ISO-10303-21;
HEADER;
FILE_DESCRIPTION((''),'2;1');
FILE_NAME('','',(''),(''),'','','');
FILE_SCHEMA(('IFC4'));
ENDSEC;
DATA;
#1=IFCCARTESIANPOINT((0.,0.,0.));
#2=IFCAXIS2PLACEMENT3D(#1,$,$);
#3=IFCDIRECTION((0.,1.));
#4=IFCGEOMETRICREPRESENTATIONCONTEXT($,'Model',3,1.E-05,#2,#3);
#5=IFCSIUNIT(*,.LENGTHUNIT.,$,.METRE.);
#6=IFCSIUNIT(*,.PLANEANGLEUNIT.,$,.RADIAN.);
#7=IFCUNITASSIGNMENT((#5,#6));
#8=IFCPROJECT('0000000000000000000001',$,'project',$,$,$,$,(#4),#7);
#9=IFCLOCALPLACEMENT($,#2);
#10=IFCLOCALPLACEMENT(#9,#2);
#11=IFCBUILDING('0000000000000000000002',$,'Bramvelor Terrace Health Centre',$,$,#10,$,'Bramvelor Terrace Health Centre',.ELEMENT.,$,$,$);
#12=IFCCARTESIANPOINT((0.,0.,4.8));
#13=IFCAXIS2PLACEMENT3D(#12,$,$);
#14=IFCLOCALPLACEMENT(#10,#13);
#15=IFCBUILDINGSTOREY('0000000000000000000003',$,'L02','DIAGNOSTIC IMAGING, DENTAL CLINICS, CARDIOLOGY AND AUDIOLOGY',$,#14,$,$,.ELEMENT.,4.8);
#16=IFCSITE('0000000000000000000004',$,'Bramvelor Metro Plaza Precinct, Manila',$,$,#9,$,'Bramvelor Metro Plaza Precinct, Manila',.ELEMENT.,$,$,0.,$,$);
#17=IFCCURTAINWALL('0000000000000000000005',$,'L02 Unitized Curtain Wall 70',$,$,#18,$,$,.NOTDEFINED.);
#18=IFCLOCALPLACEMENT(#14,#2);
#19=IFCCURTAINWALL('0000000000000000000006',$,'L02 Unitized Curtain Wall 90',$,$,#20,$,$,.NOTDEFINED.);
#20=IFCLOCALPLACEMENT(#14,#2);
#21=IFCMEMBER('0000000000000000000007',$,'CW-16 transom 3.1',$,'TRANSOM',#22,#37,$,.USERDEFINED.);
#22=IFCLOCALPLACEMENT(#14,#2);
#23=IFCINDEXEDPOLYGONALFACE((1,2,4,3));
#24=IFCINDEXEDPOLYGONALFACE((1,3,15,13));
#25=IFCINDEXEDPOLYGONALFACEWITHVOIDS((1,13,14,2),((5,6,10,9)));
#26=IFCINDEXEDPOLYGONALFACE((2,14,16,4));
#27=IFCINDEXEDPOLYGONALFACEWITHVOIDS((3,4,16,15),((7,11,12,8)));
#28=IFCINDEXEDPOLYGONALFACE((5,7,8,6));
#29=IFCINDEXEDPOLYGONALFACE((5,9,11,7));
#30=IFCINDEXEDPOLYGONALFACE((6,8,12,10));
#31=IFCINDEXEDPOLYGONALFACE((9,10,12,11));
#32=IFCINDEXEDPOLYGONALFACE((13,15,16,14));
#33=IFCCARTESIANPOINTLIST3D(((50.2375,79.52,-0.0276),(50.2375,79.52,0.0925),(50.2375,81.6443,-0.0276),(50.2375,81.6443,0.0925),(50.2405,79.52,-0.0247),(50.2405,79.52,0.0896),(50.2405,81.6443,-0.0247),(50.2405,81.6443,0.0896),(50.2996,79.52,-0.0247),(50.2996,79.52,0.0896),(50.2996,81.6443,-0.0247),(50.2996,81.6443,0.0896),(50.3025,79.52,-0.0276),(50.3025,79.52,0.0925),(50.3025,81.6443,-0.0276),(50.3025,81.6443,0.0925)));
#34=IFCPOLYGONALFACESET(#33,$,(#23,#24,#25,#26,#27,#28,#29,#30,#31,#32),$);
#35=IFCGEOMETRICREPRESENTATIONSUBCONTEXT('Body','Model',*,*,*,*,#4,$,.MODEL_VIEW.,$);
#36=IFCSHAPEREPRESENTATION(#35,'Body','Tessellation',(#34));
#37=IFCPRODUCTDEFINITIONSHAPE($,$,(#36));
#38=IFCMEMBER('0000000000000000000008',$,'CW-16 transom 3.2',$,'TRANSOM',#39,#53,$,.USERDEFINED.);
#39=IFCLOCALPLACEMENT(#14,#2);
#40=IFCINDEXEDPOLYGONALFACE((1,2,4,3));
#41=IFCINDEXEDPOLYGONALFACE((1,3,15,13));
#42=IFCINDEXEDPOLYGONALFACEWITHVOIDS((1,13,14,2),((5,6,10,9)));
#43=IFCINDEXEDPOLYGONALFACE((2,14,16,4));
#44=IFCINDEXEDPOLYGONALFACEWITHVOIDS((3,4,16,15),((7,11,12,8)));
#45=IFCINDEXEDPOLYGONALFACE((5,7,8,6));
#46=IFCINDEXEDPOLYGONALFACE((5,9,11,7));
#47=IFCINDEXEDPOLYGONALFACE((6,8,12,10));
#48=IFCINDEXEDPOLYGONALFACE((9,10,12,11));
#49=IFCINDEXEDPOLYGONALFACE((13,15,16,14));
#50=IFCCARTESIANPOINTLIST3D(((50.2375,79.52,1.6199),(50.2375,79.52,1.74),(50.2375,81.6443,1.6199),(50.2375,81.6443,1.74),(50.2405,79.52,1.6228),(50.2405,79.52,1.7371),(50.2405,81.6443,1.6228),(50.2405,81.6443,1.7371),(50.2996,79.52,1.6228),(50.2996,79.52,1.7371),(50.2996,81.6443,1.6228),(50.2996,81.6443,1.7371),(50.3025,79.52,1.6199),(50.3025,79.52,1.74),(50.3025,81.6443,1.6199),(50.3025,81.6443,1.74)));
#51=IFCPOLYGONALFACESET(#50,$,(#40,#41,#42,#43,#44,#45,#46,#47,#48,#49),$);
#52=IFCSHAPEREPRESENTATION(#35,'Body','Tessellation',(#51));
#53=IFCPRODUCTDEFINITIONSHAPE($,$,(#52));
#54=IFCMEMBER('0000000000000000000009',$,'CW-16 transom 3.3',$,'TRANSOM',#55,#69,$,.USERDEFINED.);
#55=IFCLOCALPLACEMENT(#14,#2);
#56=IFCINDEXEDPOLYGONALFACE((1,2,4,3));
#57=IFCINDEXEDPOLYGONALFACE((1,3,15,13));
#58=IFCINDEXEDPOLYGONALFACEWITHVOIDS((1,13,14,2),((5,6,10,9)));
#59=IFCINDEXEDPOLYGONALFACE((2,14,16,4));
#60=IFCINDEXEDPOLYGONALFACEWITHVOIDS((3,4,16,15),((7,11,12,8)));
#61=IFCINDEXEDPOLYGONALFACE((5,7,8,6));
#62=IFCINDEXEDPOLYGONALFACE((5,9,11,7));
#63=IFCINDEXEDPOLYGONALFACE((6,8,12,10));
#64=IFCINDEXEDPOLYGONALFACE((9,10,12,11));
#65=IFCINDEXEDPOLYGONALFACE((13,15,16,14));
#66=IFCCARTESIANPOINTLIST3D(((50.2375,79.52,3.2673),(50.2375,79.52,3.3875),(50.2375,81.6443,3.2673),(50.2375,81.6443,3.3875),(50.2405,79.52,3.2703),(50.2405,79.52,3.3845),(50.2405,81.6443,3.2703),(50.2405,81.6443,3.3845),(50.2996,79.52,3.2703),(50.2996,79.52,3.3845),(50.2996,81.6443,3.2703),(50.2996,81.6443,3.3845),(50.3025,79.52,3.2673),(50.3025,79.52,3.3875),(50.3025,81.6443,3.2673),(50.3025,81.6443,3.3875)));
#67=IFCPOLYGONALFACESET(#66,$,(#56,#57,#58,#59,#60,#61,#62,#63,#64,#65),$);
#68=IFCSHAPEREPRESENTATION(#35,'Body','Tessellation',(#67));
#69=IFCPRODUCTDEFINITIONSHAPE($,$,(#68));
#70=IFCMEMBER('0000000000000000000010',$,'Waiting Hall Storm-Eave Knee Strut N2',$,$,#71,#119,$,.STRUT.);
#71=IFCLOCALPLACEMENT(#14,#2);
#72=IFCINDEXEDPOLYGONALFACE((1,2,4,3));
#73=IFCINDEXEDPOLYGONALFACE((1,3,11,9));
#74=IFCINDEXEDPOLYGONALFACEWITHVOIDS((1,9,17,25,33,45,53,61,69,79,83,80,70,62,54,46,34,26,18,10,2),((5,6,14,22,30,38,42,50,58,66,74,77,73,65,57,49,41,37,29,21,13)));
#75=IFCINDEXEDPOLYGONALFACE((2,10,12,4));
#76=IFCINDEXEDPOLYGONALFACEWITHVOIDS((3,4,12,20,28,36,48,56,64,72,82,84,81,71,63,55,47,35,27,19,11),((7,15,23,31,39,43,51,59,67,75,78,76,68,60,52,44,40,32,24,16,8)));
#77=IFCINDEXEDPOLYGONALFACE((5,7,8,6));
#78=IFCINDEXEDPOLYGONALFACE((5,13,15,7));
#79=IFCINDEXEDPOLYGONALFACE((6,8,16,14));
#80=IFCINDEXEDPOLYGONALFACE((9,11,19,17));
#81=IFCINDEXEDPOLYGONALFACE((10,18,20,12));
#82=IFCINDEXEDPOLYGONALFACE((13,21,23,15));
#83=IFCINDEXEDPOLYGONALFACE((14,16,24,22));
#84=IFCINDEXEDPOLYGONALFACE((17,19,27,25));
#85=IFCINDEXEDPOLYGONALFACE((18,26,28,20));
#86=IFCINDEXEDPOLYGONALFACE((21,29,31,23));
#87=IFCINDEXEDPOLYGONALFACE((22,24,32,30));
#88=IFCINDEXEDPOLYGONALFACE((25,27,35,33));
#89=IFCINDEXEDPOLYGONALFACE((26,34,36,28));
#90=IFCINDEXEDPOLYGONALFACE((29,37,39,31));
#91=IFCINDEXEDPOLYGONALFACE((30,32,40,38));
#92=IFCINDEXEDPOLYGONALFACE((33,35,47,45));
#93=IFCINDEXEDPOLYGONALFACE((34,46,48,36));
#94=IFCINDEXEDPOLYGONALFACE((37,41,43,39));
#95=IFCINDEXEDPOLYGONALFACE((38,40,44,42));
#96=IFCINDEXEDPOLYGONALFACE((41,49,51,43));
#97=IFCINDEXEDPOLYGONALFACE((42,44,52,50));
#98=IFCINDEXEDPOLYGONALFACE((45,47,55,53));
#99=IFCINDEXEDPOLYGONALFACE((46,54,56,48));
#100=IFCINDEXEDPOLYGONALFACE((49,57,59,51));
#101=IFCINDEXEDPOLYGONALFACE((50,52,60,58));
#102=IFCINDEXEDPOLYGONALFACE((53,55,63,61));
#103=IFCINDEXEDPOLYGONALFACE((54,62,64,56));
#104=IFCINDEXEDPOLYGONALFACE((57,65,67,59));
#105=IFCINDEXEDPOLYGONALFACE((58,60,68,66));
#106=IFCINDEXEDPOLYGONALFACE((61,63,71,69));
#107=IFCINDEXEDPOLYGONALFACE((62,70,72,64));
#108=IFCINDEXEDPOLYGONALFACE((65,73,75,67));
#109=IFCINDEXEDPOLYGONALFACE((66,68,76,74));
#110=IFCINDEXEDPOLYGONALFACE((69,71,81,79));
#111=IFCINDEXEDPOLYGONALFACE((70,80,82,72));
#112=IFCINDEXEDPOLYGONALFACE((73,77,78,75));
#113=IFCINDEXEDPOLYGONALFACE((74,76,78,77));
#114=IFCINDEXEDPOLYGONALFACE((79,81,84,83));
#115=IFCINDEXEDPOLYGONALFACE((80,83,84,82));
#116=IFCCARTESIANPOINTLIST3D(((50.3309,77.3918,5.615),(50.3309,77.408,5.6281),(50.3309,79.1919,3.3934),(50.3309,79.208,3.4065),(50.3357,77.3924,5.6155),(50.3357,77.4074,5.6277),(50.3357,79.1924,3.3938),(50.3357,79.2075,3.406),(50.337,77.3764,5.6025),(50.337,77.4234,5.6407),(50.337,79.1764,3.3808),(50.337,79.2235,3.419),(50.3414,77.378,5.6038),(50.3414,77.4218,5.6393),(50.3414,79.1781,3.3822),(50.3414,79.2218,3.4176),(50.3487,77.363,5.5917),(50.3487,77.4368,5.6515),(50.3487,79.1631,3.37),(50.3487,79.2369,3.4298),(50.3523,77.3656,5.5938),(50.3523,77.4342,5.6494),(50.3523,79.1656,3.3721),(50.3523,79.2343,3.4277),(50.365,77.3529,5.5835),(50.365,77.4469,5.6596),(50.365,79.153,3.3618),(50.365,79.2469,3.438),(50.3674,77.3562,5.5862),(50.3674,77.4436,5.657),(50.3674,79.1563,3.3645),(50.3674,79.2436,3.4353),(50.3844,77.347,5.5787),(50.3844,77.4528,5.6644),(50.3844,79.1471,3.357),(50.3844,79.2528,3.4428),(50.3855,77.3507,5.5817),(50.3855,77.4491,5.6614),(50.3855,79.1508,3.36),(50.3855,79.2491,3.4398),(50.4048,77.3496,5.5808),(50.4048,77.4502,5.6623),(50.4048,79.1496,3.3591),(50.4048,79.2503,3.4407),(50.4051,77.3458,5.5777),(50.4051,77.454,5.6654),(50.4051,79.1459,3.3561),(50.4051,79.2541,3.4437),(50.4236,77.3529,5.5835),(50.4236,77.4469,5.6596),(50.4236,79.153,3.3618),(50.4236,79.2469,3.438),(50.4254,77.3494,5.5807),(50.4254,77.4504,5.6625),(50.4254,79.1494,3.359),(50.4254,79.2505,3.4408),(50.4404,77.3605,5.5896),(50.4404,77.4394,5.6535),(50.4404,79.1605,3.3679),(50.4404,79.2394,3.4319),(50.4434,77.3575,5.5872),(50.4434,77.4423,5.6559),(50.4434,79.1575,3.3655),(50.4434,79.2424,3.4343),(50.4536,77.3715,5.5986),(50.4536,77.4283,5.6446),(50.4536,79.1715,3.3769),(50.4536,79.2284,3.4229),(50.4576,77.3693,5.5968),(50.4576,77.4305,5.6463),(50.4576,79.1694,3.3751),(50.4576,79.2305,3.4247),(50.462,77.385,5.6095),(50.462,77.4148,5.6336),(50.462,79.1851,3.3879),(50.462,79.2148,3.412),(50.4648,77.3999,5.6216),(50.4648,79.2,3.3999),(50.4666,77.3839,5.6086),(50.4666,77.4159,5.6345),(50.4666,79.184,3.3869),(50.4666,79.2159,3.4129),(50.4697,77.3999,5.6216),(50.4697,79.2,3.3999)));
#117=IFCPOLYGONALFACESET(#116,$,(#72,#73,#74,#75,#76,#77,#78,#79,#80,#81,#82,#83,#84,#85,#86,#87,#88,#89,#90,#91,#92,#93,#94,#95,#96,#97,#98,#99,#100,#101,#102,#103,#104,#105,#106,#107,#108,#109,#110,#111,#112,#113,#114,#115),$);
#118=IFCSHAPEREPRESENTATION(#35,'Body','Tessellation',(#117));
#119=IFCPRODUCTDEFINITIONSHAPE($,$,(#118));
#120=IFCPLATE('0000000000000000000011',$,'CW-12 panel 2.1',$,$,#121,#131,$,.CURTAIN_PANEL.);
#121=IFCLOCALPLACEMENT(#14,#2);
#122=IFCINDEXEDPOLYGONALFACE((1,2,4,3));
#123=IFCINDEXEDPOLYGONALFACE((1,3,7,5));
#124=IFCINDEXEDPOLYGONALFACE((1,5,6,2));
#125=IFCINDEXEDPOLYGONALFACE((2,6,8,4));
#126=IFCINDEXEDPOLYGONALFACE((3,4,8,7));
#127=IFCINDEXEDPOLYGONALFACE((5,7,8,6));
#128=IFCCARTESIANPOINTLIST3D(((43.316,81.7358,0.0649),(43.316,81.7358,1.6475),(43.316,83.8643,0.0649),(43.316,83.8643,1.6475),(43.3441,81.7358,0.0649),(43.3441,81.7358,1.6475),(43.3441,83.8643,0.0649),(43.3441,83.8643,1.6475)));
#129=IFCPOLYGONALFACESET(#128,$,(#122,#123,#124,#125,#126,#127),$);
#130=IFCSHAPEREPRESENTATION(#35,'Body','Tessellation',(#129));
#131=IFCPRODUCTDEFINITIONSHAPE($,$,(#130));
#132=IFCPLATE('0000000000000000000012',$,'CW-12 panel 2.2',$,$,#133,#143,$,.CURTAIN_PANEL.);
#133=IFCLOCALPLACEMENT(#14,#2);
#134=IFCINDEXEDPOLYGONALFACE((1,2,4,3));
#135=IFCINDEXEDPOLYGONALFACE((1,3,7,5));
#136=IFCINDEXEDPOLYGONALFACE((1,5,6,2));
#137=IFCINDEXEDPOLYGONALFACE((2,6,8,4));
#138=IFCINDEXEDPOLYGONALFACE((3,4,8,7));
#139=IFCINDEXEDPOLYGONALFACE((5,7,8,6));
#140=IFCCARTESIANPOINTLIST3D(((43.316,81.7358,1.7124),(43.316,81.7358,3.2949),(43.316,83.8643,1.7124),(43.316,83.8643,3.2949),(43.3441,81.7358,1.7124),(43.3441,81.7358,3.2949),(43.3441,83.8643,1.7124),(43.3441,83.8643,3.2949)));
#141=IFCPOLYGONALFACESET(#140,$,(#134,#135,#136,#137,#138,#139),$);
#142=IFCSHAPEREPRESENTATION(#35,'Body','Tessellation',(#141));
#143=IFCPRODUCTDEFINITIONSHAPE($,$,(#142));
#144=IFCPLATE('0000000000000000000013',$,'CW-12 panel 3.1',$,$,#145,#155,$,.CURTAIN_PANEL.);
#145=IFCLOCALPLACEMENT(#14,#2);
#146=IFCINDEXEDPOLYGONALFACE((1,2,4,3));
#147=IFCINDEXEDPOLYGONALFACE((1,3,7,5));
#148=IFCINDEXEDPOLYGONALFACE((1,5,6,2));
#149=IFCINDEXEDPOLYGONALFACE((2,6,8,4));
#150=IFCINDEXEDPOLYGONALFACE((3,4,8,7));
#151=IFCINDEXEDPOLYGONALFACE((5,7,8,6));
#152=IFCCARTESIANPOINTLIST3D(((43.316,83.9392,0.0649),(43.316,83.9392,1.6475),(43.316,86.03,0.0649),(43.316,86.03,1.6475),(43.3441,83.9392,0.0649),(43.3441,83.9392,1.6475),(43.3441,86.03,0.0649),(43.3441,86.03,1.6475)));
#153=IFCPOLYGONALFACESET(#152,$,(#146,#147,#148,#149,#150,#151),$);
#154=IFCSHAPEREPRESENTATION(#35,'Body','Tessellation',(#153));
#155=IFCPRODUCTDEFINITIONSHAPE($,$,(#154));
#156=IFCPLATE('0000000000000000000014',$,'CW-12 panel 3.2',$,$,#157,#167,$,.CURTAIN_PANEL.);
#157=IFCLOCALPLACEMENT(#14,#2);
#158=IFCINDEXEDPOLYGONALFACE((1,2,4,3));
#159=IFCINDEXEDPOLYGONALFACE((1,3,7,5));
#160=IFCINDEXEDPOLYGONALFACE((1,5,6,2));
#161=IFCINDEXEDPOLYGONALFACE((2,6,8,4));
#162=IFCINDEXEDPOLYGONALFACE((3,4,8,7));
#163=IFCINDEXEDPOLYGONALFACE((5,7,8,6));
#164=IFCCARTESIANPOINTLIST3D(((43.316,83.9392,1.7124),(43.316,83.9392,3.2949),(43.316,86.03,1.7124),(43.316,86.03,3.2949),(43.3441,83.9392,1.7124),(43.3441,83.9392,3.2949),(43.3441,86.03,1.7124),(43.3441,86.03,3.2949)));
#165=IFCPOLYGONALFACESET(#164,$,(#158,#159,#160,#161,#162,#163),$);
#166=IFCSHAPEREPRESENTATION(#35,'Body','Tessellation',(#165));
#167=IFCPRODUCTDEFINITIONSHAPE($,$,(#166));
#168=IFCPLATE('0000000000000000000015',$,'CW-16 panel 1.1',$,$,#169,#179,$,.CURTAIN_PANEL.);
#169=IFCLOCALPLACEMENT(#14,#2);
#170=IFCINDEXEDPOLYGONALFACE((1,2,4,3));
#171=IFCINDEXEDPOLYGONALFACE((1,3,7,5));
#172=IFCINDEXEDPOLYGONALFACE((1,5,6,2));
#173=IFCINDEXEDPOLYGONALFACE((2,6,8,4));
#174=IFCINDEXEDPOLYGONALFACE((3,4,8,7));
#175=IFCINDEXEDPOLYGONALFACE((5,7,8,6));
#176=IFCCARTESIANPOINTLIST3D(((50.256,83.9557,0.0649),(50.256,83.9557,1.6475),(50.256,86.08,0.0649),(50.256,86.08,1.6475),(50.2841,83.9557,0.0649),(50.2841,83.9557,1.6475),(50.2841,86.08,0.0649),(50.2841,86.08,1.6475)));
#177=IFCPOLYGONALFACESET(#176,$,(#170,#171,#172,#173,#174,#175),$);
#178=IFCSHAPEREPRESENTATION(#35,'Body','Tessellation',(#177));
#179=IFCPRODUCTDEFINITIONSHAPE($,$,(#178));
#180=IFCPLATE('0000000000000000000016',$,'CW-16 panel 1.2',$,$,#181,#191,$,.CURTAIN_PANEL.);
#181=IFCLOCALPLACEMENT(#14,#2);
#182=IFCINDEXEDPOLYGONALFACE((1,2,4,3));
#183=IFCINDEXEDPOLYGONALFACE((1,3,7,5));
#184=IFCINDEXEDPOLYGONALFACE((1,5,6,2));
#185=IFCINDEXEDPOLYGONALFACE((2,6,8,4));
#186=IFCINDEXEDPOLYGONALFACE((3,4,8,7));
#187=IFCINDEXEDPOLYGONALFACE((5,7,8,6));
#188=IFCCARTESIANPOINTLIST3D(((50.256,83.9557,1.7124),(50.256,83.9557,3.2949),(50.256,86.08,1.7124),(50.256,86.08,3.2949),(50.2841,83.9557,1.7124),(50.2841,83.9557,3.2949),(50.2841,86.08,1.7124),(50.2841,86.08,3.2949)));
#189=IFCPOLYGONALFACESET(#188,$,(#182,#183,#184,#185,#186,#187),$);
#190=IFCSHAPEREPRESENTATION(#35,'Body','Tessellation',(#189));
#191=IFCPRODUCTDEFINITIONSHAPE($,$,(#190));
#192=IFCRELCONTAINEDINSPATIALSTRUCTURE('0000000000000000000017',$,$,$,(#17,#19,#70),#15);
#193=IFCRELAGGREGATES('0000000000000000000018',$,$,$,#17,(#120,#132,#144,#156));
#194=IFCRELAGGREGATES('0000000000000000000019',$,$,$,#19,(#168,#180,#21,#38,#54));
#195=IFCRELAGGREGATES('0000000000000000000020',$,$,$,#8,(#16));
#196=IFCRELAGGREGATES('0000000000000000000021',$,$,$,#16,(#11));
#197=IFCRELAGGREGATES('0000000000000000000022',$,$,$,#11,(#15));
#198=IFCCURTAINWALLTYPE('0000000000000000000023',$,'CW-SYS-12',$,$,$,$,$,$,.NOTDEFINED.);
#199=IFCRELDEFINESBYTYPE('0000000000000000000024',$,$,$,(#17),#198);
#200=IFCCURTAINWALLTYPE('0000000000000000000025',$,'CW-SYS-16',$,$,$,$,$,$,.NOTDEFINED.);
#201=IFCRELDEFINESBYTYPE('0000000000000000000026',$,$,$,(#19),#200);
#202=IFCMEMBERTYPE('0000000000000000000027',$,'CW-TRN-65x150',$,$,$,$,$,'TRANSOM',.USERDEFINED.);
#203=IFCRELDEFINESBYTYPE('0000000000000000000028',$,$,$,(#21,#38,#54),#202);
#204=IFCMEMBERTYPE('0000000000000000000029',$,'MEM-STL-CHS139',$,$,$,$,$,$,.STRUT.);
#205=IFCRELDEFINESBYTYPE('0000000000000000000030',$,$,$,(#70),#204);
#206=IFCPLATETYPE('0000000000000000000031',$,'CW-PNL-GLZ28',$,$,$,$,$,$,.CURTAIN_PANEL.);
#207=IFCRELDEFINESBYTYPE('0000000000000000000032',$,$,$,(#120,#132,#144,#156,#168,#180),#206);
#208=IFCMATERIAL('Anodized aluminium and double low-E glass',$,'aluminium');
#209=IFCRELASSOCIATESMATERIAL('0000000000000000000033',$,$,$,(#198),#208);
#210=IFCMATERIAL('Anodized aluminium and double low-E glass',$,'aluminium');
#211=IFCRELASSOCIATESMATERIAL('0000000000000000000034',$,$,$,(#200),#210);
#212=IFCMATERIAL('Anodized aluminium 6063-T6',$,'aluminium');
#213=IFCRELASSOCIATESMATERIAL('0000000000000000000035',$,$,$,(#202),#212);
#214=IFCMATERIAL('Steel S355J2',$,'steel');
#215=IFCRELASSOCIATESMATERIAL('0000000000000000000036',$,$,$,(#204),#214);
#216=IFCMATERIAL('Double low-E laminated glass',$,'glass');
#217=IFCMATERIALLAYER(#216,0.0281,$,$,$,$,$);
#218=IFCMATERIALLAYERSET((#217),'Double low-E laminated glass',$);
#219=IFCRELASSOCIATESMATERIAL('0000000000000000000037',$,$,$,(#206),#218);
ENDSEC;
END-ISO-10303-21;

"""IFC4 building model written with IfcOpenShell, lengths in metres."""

from ifc_helpers import new_model, si_unit, direction, frame, origin, origin_2d, place, context, subcontext, project, spatial, rectangle, hollow_rectangle, hollow_circle, extrude, material, layer, layer_set, material_profile, profile_set, type_object, element, aggregate, save


model = new_model("IFC4")

# Units and contexts
model_context = context("Model", 3, precision=1e-05, world=origin(), true_north=direction((0.0, 1.0)))
body_context = subcontext(model_context, "Body", "Model", "MODEL_VIEW")
ifc_project = project(units=[si_unit("LENGTHUNIT", "METRE"), si_unit("PLANEANGLEUNIT", "RADIAN")], contexts=[model_context])

# Site, building, storey
site_placement = place(None, origin())
site = spatial("IfcSite", under=ifc_project, at=site_placement, Name="Bramvelor Metro Plaza Precinct, Manila", LongName="Bramvelor Metro Plaza Precinct, Manila", CompositionType="ELEMENT", RefElevation=0.0)
building_placement = place(site_placement, origin())
building = spatial("IfcBuilding", under=site, at=building_placement, Name="Bramvelor Terrace Health Centre", LongName="Bramvelor Terrace Health Centre", CompositionType="ELEMENT")
storey_placement = place(building_placement, frame((0.0, 0.0, 4.8)))
storey = spatial("IfcBuildingStorey", under=building, at=storey_placement, Name="L02", Description="DIAGNOSTIC IMAGING, DENTAL CLINICS, CARDIOLOGY AND AUDIOLOGY", CompositionType="ELEMENT", Elevation=4.8)

# Curtain walls
ifc_material_1 = material(Name="Anodized aluminium and double low-E glass", Category="aluminium")
curtain_wall_type_1 = type_object("IfcCurtainWallType", Name="CW-SYS-12", PredefinedType="NOTDEFINED", material=ifc_material_1)
curtain_wall_1_placement = place(storey_placement, origin())
curtain_wall_1 = element("IfcCurtainWall", 1, at=curtain_wall_1_placement, inside=storey, type_object=curtain_wall_type_1, Name="L02 Unitized Curtain Wall 70", PredefinedType="NOTDEFINED")
ifc_material_2 = material(Name="Anodized aluminium and double low-E glass", Category="aluminium")
curtain_wall_type_2 = type_object("IfcCurtainWallType", Name="CW-SYS-16", PredefinedType="NOTDEFINED", material=ifc_material_2)
curtain_wall_2_placement = place(storey_placement, origin())
curtain_wall_2 = element("IfcCurtainWall", 2, at=curtain_wall_2_placement, inside=storey, type_object=curtain_wall_type_2, Name="L02 Unitized Curtain Wall 90", PredefinedType="NOTDEFINED")

# Members
ifc_material_3 = material(Name="Anodized aluminium 6063-T6", Category="aluminium")
ifc_material_profile_1 = material_profile(ifc_material_3, hollow_rectangle(XDim=0.0649, YDim=0.1201, WallThickness=0.0029, at=origin_2d()), Name="ALU-TRN 65x120x3.0")
ifc_profile_set_1 = profile_set([ifc_material_profile_1], Name="Anodized aluminium 6063-T6")
member_type_1 = type_object("IfcMemberType", Name="CW-TRN-65x150", ElementType="TRANSOM", PredefinedType="USERDEFINED", material=ifc_profile_set_1)
member_1_placement = place(storey_placement, frame((50.27, 81.6443, 0.0325), z_axis=(0.0, -1.0, 0.0), x_axis=(1.0, 0.0, 0.0)))
member_1 = element("IfcMember", 3, at=member_1_placement, type_object=member_type_1, Name="CW-16 transom 3.1", ObjectType="TRANSOM", PredefinedType="USERDEFINED", context=body_context, shape_type="SweptSolid", body=[
    extrude(hollow_rectangle(XDim=0.0649, YDim=0.1201, WallThickness=0.0029, at=origin_2d()), origin(), (0.0, 0.0, 1.0), 2.1243),
])
member_2_placement = place(storey_placement, frame((50.27, 81.6443, 1.6799), z_axis=(0.0, -1.0, 0.0), x_axis=(1.0, 0.0, 0.0)))
member_2 = element("IfcMember", 4, at=member_2_placement, type_object=member_type_1, Name="CW-16 transom 3.2", ObjectType="TRANSOM", PredefinedType="USERDEFINED", context=body_context, shape_type="SweptSolid", body=[
    extrude(hollow_rectangle(XDim=0.0649, YDim=0.1201, WallThickness=0.0029, at=origin_2d()), origin(), (0.0, 0.0, 1.0), 2.1243),
])
member_3_placement = place(storey_placement, frame((50.27, 81.6443, 3.3274), z_axis=(0.0, -1.0, 0.0), x_axis=(1.0, 0.0, 0.0)))
member_3 = element("IfcMember", 5, at=member_3_placement, type_object=member_type_1, Name="CW-16 transom 3.3", ObjectType="TRANSOM", PredefinedType="USERDEFINED", context=body_context, shape_type="SweptSolid", body=[
    extrude(hollow_rectangle(XDim=0.0649, YDim=0.1201, WallThickness=0.0029, at=origin_2d()), origin(), (0.0, 0.0, 1.0), 2.1243),
])
ifc_material_4 = material(Name="Steel S355J2", Category="steel")
ifc_material_profile_2 = material_profile(ifc_material_4, hollow_circle(Radius=0.0698, WallThickness=0.0049, at=origin_2d()), Name="CHS 139.7x5.0")
ifc_profile_set_2 = profile_set([ifc_material_profile_2], Name="Steel S355J2")
member_type_2 = type_object("IfcMemberType", Name="MEM-STL-CHS139", PredefinedType="STRUT", material=ifc_profile_set_2)
member_4_placement = place(storey_placement, frame((50.3999, 79.2, 3.3999), z_axis=(0.0, -0.629525, 0.77698), x_axis=(1.0, 0.0, 0.0)))
element("IfcMember", 6, at=member_4_placement, inside=storey, type_object=member_type_2, Name="Waiting Hall Storm-Eave Knee Strut N2", PredefinedType="STRUT", context=body_context, shape_type="SweptSolid", body=[
    extrude(hollow_circle(Radius=0.0698, WallThickness=0.0049, at=origin_2d()), origin(), (0.0, 0.0, 1.0), 2.8594),
])

# Plates
ifc_material_5 = material(Name="Double low-E laminated glass", Category="glass")
ifc_layer_1 = layer(ifc_material_5, 0.0281)
ifc_layer_set_1 = layer_set([ifc_layer_1], Name="Double low-E laminated glass")
plate_type_1 = type_object("IfcPlateType", Name="CW-PNL-GLZ28", PredefinedType="CURTAIN_PANEL", material=ifc_layer_set_1)
plate_1_placement = place(storey_placement, frame((43.3301, 82.8, 0.0649), z_axis=(0.0, 0.0, 1.0), x_axis=(0.0, 1.0, 0.0)))
plate_1 = element("IfcPlate", 7, at=plate_1_placement, type_object=plate_type_1, Name="CW-12 panel 2.1", PredefinedType="CURTAIN_PANEL", context=body_context, shape_type="SweptSolid", body=[
    extrude(rectangle(XDim=2.1284, YDim=0.0281, at=origin_2d()), origin(), (0.0, 0.0, 1.0), 1.5825),
])
plate_2_placement = place(storey_placement, frame((43.3301, 82.8, 1.7124), z_axis=(0.0, 0.0, 1.0), x_axis=(0.0, 1.0, 0.0)))
plate_2 = element("IfcPlate", 8, at=plate_2_placement, type_object=plate_type_1, Name="CW-12 panel 2.2", PredefinedType="CURTAIN_PANEL", context=body_context, shape_type="SweptSolid", body=[
    extrude(rectangle(XDim=2.1284, YDim=0.0281, at=origin_2d()), origin(), (0.0, 0.0, 1.0), 1.5825),
])
plate_3_placement = place(storey_placement, frame((43.3301, 84.9846, 0.0649), z_axis=(0.0, 0.0, 1.0), x_axis=(0.0, 1.0, 0.0)))
plate_3 = element("IfcPlate", 9, at=plate_3_placement, type_object=plate_type_1, Name="CW-12 panel 3.1", PredefinedType="CURTAIN_PANEL", context=body_context, shape_type="SweptSolid", body=[
    extrude(rectangle(XDim=2.0908, YDim=0.0281, at=origin_2d()), origin(), (0.0, 0.0, 1.0), 1.5825),
])
plate_4_placement = place(storey_placement, frame((43.3301, 84.9846, 1.7124), z_axis=(0.0, 0.0, 1.0), x_axis=(0.0, 1.0, 0.0)))
plate_4 = element("IfcPlate", 10, at=plate_4_placement, type_object=plate_type_1, Name="CW-12 panel 3.2", PredefinedType="CURTAIN_PANEL", context=body_context, shape_type="SweptSolid", body=[
    extrude(rectangle(XDim=2.0908, YDim=0.0281, at=origin_2d()), origin(), (0.0, 0.0, 1.0), 1.5825),
])
aggregate(curtain_wall_1, [plate_1, plate_2, plate_3, plate_4])
plate_5_placement = place(storey_placement, frame((50.27, 85.0178, 0.0649), z_axis=(0.0, 0.0, 1.0), x_axis=(0.0, -1.0, 0.0)))
plate_5 = element("IfcPlate", 11, at=plate_5_placement, type_object=plate_type_1, Name="CW-16 panel 1.1", PredefinedType="CURTAIN_PANEL", context=body_context, shape_type="SweptSolid", body=[
    extrude(rectangle(XDim=2.1243, YDim=0.0281, at=origin_2d()), origin(), (0.0, 0.0, 1.0), 1.5825),
])
plate_6_placement = place(storey_placement, frame((50.27, 85.0178, 1.7124), z_axis=(0.0, 0.0, 1.0), x_axis=(0.0, -1.0, 0.0)))
plate_6 = element("IfcPlate", 12, at=plate_6_placement, type_object=plate_type_1, Name="CW-16 panel 1.2", PredefinedType="CURTAIN_PANEL", context=body_context, shape_type="SweptSolid", body=[
    extrude(rectangle(XDim=2.1243, YDim=0.0281, at=origin_2d()), origin(), (0.0, 0.0, 1.0), 1.5825),
])
aggregate(curtain_wall_2, [plate_5, plate_6, member_1, member_2, member_3])

save(model, "model.ifc")
